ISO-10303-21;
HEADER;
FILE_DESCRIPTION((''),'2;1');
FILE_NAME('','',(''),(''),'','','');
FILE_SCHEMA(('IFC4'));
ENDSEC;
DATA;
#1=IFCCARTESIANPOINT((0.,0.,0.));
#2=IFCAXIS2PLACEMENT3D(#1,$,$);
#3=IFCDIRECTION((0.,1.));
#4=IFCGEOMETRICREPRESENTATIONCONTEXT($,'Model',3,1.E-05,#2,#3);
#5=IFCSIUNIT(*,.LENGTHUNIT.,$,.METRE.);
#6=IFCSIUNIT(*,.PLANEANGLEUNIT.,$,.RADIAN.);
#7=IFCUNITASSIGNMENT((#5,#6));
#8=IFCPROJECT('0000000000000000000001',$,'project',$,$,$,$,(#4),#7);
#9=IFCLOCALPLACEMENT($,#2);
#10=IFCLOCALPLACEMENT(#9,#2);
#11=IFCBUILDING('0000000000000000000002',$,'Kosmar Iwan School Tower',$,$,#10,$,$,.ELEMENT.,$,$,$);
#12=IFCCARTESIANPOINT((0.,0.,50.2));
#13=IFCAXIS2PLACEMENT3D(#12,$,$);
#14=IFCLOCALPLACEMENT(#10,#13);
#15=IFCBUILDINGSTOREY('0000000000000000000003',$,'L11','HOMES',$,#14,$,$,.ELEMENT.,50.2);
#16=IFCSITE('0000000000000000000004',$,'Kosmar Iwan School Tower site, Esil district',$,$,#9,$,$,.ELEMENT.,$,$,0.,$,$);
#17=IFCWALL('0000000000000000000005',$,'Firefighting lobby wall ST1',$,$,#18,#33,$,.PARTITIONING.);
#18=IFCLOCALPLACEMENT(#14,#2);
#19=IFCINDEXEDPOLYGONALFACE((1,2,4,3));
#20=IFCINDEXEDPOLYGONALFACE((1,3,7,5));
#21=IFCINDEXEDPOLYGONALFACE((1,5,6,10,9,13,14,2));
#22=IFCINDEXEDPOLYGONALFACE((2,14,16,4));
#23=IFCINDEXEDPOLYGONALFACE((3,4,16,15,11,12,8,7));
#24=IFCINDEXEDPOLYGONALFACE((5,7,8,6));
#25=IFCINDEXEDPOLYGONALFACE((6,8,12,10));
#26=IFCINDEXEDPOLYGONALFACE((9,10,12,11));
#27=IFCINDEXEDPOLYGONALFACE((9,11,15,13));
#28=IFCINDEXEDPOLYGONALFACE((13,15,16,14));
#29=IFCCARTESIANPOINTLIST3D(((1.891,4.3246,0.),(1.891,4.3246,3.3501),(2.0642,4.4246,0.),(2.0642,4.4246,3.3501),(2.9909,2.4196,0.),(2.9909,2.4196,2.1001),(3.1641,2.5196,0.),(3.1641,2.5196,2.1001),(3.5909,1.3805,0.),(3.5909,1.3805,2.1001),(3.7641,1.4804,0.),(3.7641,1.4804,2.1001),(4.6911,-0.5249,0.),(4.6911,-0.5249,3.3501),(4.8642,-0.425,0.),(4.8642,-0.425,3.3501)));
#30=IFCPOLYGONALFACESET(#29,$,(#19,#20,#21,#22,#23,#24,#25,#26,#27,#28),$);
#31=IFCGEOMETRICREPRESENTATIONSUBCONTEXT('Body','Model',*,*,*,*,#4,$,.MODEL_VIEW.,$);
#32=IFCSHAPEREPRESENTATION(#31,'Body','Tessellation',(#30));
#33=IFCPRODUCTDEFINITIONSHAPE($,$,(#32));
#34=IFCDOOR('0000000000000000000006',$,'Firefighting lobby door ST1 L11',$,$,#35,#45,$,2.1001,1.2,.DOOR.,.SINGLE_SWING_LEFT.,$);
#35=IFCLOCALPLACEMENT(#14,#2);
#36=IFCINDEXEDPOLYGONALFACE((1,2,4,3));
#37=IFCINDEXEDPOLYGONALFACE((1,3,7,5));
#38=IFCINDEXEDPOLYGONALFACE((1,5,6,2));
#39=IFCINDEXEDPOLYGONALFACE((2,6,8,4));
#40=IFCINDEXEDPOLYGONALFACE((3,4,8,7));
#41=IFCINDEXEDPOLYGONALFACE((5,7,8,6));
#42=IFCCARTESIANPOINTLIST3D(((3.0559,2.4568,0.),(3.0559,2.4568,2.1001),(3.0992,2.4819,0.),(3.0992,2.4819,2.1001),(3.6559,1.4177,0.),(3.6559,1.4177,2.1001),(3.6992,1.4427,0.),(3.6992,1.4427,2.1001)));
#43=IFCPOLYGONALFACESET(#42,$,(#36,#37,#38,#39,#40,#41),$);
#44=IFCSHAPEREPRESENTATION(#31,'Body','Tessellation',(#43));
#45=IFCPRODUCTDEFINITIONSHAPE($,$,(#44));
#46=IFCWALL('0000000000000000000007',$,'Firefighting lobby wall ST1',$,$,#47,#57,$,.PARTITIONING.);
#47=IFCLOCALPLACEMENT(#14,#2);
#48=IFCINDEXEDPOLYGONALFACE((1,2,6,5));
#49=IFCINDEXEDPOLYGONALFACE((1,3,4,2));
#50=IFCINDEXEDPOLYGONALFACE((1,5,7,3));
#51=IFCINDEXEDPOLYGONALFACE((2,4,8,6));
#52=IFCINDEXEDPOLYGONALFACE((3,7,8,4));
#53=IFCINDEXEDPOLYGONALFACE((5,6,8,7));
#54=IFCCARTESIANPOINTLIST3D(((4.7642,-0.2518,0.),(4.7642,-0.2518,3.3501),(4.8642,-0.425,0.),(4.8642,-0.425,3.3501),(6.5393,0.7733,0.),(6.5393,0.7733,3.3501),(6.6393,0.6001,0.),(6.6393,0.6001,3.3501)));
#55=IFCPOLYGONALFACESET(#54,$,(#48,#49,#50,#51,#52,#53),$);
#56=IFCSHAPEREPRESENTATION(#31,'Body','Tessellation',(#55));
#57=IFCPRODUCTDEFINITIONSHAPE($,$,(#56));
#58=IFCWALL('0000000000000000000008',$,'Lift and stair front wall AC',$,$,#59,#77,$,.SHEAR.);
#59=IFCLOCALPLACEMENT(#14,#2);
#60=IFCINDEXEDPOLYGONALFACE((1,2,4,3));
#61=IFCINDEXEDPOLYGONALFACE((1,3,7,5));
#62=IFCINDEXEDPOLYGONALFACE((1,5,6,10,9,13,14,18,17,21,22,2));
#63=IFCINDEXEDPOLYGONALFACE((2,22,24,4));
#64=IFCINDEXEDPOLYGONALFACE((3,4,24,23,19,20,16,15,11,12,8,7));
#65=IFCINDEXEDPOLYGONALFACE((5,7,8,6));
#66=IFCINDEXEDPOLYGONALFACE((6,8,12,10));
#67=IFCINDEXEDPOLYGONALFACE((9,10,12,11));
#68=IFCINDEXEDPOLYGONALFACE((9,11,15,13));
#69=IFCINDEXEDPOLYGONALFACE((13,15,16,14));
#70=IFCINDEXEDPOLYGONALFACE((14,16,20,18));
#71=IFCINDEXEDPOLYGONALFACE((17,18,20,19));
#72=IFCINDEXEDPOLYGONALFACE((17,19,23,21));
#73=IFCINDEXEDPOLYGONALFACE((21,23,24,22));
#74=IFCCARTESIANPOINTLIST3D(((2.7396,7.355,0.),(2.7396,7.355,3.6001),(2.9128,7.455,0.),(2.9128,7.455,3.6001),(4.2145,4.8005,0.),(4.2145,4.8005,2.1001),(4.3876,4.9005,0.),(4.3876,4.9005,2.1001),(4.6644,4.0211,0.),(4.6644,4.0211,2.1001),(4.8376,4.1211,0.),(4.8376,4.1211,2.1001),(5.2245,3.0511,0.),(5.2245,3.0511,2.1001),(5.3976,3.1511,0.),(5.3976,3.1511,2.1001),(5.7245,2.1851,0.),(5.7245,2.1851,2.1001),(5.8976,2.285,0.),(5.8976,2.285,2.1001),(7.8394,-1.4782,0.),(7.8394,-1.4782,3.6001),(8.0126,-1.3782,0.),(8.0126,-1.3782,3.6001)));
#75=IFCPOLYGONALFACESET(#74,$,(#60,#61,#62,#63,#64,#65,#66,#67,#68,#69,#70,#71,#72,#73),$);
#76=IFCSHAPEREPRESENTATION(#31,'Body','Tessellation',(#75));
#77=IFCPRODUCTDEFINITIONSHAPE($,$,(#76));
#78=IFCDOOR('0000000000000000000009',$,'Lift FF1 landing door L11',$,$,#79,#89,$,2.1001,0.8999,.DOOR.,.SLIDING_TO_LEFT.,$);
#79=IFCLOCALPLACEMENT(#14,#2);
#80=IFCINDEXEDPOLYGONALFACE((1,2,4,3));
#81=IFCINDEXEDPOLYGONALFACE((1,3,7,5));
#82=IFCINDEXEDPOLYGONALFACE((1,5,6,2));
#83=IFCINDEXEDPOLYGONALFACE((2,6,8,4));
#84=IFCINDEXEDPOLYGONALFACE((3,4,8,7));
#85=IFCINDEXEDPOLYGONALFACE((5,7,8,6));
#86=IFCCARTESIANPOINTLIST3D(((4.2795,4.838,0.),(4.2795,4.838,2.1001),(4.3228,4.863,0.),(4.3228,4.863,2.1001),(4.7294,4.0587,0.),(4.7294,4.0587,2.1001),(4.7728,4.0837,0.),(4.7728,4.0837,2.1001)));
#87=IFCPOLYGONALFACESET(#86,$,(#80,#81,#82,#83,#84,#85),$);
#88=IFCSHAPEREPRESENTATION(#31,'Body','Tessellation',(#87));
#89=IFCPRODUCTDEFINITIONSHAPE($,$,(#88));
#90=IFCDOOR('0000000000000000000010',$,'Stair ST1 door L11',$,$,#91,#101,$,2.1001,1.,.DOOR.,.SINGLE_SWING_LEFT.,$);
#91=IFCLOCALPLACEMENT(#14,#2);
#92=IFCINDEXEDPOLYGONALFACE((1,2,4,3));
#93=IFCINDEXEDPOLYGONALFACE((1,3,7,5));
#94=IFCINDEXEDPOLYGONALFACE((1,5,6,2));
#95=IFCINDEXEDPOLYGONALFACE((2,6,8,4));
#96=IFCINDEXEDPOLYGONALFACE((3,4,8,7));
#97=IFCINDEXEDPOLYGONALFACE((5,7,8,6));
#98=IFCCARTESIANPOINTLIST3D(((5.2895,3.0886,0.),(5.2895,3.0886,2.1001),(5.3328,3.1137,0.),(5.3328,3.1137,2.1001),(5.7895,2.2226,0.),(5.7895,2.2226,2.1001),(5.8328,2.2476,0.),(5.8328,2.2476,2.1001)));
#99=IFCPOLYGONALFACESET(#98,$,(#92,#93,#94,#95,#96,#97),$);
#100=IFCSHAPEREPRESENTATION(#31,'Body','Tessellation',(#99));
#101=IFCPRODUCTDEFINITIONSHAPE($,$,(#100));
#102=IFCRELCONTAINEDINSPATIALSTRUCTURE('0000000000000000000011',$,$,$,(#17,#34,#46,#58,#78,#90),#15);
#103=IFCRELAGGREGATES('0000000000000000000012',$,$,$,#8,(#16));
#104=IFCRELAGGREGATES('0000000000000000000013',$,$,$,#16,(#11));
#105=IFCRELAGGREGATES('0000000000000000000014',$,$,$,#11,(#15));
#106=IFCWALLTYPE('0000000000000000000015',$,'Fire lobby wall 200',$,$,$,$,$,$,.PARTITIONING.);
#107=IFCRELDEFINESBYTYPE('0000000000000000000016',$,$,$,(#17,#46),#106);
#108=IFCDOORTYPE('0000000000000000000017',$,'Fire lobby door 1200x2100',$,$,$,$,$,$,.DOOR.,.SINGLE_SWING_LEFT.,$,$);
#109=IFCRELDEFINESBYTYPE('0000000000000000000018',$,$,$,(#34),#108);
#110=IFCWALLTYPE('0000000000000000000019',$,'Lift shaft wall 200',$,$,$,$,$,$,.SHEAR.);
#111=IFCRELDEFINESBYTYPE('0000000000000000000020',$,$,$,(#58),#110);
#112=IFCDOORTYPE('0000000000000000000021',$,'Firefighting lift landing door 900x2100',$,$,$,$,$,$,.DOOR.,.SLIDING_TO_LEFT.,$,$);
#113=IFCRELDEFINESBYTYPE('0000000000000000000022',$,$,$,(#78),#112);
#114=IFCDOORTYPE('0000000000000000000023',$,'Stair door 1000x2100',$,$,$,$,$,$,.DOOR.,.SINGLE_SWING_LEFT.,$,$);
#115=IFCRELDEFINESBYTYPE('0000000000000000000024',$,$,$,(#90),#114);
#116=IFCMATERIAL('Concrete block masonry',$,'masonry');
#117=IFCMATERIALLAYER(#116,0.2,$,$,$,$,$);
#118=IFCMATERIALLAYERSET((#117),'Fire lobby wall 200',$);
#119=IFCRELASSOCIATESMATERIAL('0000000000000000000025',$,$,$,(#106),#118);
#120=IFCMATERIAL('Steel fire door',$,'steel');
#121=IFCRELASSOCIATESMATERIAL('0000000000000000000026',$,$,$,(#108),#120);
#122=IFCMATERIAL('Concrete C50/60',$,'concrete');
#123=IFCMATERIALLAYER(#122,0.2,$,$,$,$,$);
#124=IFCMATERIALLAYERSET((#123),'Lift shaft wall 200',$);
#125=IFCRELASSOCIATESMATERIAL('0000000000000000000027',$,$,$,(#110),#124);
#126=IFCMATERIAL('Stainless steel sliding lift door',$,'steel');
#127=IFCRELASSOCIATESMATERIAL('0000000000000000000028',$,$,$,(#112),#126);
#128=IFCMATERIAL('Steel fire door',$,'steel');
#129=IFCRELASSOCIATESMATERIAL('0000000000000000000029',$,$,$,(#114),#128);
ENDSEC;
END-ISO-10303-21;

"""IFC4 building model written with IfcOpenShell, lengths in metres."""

from ifc_helpers import new_model, si_unit, direction, frame, frame_2d, origin, place, context, subcontext, project, spatial, rectangle, extrude, material, layer, layer_set, type_object, element, fill, save


model = new_model("IFC4")

# Units and contexts
model_context = context("Model", 3, precision=1e-05, world=origin(), true_north=direction((0.0, 1.0)))
body_context = subcontext(model_context, "Body", "Model", "MODEL_VIEW")
ifc_project = project(units=[si_unit("LENGTHUNIT", "METRE"), si_unit("PLANEANGLEUNIT", "RADIAN")], contexts=[model_context])

# Site, building, storey
site_placement = place(None, origin())
site = spatial("IfcSite", under=ifc_project, at=site_placement, Name="Kosmar Iwan School Tower site, Esil district", CompositionType="ELEMENT", RefElevation=0.0)
building_placement = place(site_placement, origin())
building = spatial("IfcBuilding", under=site, at=building_placement, Name="Kosmar Iwan School Tower", CompositionType="ELEMENT")
storey_placement = place(building_placement, frame((0.0, 0.0, 50.2)))
storey = spatial("IfcBuildingStorey", under=building, at=storey_placement, Name="L11", Description="HOMES", CompositionType="ELEMENT", Elevation=50.2)

# Wall, opening, door
ifc_material_1 = material(Name="Concrete block masonry", Category="masonry")
ifc_layer_1 = layer(ifc_material_1, 0.2)
ifc_layer_set_1 = layer_set([ifc_layer_1], Name="Fire lobby wall 200")
wall_type_1 = type_object("IfcWallType", Name="Fire lobby wall 200", PredefinedType="PARTITIONING", material=ifc_layer_set_1)
wall_1_placement = place(storey_placement, frame((4.7776, -0.4749, 0.0), z_axis=(0.0, 0.0, 1.0), x_axis=(-0.500017, 0.866016, 0.0)))
wall_1 = element("IfcWall", 1, at=wall_1_placement, inside=storey, type_object=wall_type_1, Name="Firefighting lobby wall ST1", PredefinedType="PARTITIONING", context=body_context, shape_type="SweptSolid", body=[
    extrude(rectangle(XDim=5.5999, YDim=0.2, at=frame_2d((2.7998, 0.0))), origin(), (0.0, 0.0, 1.0), 3.3501),
])
opening_1_placement = place(wall_1_placement, frame((2.2, 0.0, 0.0)))
opening_1 = element("IfcOpeningElement", 2, at=opening_1_placement, cuts=wall_1, PredefinedType="OPENING", context=body_context, shape_type="SweptSolid", body=[
    extrude(rectangle(XDim=1.2, YDim=2.1001, at=frame_2d((0.6001, 1.05))), frame((0.0, 0.1121, 0.0), z_axis=(0.0, -1.0, 0.0), x_axis=(1.0, 0.0, 0.0)), (0.0, 0.0, 1.0), 0.2239),
])
ifc_material_2 = material(Name="Steel fire door", Category="steel")
door_type_1 = type_object("IfcDoorType", Name="Fire lobby door 1200x2100", OperationType="SINGLE_SWING_LEFT", PredefinedType="DOOR", material=ifc_material_2)
door_1_placement = place(opening_1_placement, frame((1.2, 0.0, 0.0), z_axis=(0.0, 0.0, 1.0), x_axis=(-1.0, 0.0, 0.0)))
door_1 = element("IfcDoor", 3, at=door_1_placement, inside=storey, type_object=door_type_1, Name="Firefighting lobby door ST1 L11", OperationType="SINGLE_SWING_LEFT", OverallHeight=2.1001, OverallWidth=1.2, PredefinedType="DOOR", context=body_context, shape_type="SweptSolid", body=[
    extrude(rectangle(XDim=1.2, YDim=2.1001, at=frame_2d((0.6001, 1.05))), frame((0.0, 0.0249, 0.0), z_axis=(0.0, -1.0, 0.0), x_axis=(1.0, 0.0, 0.0)), (0.0, 0.0, 1.0), 0.05),
])
fill(opening_1, door_1)

# Wall
wall_2_placement = place(storey_placement, frame((4.8142, -0.3384, 0.0), z_axis=(0.0, 0.0, 1.0), x_axis=(0.865969, 0.500097, 0.0)))
element("IfcWall", 4, at=wall_2_placement, inside=storey, type_object=wall_type_1, Name="Firefighting lobby wall ST1", PredefinedType="PARTITIONING", context=body_context, shape_type="SweptSolid", body=[
    extrude(rectangle(XDim=2.0498, YDim=0.2, at=frame_2d((1.0249, 0.0))), origin(), (0.0, 0.0, 1.0), 3.3501),
])

# Wall, openings, doors
ifc_material_3 = material(Name="Concrete C50/60", Category="concrete")
ifc_layer_2 = layer(ifc_material_3, 0.2)
ifc_layer_set_2 = layer_set([ifc_layer_2], Name="Lift shaft wall 200")
wall_type_2 = type_object("IfcWallType", Name="Lift shaft wall 200", PredefinedType="SHEAR", material=ifc_layer_set_2)
wall_3_placement = place(storey_placement, frame((7.926, -1.4282, 0.0), z_axis=(0.0, 0.0, 1.0), x_axis=(-0.499998, 0.866027, 0.0)))
wall_3 = element("IfcWall", 5, at=wall_3_placement, inside=storey, type_object=wall_type_2, Name="Lift and stair front wall AC", PredefinedType="SHEAR", context=body_context, shape_type="SweptSolid", body=[
    extrude(rectangle(XDim=10.1997, YDim=0.2, at=frame_2d((5.0999, 0.0))), origin(), (0.0, 0.0, 1.0), 3.6001),
])
opening_2_placement = place(wall_3_placement, frame((6.3501, 0.0, 0.0)))
opening_2 = element("IfcOpeningElement", 6, at=opening_2_placement, cuts=wall_3, PredefinedType="OPENING", context=body_context, shape_type="SweptSolid", body=[
    extrude(rectangle(XDim=0.8999, YDim=2.1001, at=frame_2d((0.45, 1.05))), frame((0.0, 0.1121, 0.0), z_axis=(0.0, -1.0, 0.0), x_axis=(1.0, 0.0, 0.0)), (0.0, 0.0, 1.0), 0.2239),
])
opening_3_placement = place(wall_3_placement, frame((4.23, 0.0, 0.0)))
opening_3 = element("IfcOpeningElement", 7, at=opening_3_placement, cuts=wall_3, PredefinedType="OPENING", context=body_context, shape_type="SweptSolid", body=[
    extrude(rectangle(XDim=1.0, YDim=2.1001, at=frame_2d((0.5, 1.05))), frame((0.0, 0.1121, 0.0), z_axis=(0.0, -1.0, 0.0), x_axis=(1.0, 0.0, 0.0)), (0.0, 0.0, 1.0), 0.2239),
])
ifc_material_4 = material(Name="Stainless steel sliding lift door", Category="steel")
door_type_2 = type_object("IfcDoorType", Name="Firefighting lift landing door 900x2100", OperationType="SLIDING_TO_LEFT", PredefinedType="DOOR", material=ifc_material_4)
door_2_placement = place(opening_2_placement, origin())
door_2 = element("IfcDoor", 8, at=door_2_placement, inside=storey, type_object=door_type_2, Name="Lift FF1 landing door L11", OperationType="SLIDING_TO_LEFT", OverallHeight=2.1001, OverallWidth=0.8999, PredefinedType="DOOR", context=body_context, shape_type="SweptSolid", body=[
    extrude(rectangle(XDim=0.8999, YDim=2.1001, at=frame_2d((0.45, 1.05))), frame((0.0, 0.0249, 0.0), z_axis=(0.0, -1.0, 0.0), x_axis=(1.0, 0.0, 0.0)), (0.0, 0.0, 1.0), 0.05),
])
fill(opening_2, door_2)
ifc_material_5 = material(Name="Steel fire door", Category="steel")
door_type_3 = type_object("IfcDoorType", Name="Stair door 1000x2100", OperationType="SINGLE_SWING_LEFT", PredefinedType="DOOR", material=ifc_material_5)
door_3_placement = place(opening_3_placement, origin())
door_3 = element("IfcDoor", 9, at=door_3_placement, inside=storey, type_object=door_type_3, Name="Stair ST1 door L11", OperationType="SINGLE_SWING_LEFT", OverallHeight=2.1001, OverallWidth=1.0, PredefinedType="DOOR", context=body_context, shape_type="SweptSolid", body=[
    extrude(rectangle(XDim=1.0, YDim=2.1001, at=frame_2d((0.5, 1.05))), frame((0.0, 0.0249, 0.0), z_axis=(0.0, -1.0, 0.0), x_axis=(1.0, 0.0, 0.0)), (0.0, 0.0, 1.0), 0.05),
])
fill(opening_3, door_3)

save(model, "model.ifc")
